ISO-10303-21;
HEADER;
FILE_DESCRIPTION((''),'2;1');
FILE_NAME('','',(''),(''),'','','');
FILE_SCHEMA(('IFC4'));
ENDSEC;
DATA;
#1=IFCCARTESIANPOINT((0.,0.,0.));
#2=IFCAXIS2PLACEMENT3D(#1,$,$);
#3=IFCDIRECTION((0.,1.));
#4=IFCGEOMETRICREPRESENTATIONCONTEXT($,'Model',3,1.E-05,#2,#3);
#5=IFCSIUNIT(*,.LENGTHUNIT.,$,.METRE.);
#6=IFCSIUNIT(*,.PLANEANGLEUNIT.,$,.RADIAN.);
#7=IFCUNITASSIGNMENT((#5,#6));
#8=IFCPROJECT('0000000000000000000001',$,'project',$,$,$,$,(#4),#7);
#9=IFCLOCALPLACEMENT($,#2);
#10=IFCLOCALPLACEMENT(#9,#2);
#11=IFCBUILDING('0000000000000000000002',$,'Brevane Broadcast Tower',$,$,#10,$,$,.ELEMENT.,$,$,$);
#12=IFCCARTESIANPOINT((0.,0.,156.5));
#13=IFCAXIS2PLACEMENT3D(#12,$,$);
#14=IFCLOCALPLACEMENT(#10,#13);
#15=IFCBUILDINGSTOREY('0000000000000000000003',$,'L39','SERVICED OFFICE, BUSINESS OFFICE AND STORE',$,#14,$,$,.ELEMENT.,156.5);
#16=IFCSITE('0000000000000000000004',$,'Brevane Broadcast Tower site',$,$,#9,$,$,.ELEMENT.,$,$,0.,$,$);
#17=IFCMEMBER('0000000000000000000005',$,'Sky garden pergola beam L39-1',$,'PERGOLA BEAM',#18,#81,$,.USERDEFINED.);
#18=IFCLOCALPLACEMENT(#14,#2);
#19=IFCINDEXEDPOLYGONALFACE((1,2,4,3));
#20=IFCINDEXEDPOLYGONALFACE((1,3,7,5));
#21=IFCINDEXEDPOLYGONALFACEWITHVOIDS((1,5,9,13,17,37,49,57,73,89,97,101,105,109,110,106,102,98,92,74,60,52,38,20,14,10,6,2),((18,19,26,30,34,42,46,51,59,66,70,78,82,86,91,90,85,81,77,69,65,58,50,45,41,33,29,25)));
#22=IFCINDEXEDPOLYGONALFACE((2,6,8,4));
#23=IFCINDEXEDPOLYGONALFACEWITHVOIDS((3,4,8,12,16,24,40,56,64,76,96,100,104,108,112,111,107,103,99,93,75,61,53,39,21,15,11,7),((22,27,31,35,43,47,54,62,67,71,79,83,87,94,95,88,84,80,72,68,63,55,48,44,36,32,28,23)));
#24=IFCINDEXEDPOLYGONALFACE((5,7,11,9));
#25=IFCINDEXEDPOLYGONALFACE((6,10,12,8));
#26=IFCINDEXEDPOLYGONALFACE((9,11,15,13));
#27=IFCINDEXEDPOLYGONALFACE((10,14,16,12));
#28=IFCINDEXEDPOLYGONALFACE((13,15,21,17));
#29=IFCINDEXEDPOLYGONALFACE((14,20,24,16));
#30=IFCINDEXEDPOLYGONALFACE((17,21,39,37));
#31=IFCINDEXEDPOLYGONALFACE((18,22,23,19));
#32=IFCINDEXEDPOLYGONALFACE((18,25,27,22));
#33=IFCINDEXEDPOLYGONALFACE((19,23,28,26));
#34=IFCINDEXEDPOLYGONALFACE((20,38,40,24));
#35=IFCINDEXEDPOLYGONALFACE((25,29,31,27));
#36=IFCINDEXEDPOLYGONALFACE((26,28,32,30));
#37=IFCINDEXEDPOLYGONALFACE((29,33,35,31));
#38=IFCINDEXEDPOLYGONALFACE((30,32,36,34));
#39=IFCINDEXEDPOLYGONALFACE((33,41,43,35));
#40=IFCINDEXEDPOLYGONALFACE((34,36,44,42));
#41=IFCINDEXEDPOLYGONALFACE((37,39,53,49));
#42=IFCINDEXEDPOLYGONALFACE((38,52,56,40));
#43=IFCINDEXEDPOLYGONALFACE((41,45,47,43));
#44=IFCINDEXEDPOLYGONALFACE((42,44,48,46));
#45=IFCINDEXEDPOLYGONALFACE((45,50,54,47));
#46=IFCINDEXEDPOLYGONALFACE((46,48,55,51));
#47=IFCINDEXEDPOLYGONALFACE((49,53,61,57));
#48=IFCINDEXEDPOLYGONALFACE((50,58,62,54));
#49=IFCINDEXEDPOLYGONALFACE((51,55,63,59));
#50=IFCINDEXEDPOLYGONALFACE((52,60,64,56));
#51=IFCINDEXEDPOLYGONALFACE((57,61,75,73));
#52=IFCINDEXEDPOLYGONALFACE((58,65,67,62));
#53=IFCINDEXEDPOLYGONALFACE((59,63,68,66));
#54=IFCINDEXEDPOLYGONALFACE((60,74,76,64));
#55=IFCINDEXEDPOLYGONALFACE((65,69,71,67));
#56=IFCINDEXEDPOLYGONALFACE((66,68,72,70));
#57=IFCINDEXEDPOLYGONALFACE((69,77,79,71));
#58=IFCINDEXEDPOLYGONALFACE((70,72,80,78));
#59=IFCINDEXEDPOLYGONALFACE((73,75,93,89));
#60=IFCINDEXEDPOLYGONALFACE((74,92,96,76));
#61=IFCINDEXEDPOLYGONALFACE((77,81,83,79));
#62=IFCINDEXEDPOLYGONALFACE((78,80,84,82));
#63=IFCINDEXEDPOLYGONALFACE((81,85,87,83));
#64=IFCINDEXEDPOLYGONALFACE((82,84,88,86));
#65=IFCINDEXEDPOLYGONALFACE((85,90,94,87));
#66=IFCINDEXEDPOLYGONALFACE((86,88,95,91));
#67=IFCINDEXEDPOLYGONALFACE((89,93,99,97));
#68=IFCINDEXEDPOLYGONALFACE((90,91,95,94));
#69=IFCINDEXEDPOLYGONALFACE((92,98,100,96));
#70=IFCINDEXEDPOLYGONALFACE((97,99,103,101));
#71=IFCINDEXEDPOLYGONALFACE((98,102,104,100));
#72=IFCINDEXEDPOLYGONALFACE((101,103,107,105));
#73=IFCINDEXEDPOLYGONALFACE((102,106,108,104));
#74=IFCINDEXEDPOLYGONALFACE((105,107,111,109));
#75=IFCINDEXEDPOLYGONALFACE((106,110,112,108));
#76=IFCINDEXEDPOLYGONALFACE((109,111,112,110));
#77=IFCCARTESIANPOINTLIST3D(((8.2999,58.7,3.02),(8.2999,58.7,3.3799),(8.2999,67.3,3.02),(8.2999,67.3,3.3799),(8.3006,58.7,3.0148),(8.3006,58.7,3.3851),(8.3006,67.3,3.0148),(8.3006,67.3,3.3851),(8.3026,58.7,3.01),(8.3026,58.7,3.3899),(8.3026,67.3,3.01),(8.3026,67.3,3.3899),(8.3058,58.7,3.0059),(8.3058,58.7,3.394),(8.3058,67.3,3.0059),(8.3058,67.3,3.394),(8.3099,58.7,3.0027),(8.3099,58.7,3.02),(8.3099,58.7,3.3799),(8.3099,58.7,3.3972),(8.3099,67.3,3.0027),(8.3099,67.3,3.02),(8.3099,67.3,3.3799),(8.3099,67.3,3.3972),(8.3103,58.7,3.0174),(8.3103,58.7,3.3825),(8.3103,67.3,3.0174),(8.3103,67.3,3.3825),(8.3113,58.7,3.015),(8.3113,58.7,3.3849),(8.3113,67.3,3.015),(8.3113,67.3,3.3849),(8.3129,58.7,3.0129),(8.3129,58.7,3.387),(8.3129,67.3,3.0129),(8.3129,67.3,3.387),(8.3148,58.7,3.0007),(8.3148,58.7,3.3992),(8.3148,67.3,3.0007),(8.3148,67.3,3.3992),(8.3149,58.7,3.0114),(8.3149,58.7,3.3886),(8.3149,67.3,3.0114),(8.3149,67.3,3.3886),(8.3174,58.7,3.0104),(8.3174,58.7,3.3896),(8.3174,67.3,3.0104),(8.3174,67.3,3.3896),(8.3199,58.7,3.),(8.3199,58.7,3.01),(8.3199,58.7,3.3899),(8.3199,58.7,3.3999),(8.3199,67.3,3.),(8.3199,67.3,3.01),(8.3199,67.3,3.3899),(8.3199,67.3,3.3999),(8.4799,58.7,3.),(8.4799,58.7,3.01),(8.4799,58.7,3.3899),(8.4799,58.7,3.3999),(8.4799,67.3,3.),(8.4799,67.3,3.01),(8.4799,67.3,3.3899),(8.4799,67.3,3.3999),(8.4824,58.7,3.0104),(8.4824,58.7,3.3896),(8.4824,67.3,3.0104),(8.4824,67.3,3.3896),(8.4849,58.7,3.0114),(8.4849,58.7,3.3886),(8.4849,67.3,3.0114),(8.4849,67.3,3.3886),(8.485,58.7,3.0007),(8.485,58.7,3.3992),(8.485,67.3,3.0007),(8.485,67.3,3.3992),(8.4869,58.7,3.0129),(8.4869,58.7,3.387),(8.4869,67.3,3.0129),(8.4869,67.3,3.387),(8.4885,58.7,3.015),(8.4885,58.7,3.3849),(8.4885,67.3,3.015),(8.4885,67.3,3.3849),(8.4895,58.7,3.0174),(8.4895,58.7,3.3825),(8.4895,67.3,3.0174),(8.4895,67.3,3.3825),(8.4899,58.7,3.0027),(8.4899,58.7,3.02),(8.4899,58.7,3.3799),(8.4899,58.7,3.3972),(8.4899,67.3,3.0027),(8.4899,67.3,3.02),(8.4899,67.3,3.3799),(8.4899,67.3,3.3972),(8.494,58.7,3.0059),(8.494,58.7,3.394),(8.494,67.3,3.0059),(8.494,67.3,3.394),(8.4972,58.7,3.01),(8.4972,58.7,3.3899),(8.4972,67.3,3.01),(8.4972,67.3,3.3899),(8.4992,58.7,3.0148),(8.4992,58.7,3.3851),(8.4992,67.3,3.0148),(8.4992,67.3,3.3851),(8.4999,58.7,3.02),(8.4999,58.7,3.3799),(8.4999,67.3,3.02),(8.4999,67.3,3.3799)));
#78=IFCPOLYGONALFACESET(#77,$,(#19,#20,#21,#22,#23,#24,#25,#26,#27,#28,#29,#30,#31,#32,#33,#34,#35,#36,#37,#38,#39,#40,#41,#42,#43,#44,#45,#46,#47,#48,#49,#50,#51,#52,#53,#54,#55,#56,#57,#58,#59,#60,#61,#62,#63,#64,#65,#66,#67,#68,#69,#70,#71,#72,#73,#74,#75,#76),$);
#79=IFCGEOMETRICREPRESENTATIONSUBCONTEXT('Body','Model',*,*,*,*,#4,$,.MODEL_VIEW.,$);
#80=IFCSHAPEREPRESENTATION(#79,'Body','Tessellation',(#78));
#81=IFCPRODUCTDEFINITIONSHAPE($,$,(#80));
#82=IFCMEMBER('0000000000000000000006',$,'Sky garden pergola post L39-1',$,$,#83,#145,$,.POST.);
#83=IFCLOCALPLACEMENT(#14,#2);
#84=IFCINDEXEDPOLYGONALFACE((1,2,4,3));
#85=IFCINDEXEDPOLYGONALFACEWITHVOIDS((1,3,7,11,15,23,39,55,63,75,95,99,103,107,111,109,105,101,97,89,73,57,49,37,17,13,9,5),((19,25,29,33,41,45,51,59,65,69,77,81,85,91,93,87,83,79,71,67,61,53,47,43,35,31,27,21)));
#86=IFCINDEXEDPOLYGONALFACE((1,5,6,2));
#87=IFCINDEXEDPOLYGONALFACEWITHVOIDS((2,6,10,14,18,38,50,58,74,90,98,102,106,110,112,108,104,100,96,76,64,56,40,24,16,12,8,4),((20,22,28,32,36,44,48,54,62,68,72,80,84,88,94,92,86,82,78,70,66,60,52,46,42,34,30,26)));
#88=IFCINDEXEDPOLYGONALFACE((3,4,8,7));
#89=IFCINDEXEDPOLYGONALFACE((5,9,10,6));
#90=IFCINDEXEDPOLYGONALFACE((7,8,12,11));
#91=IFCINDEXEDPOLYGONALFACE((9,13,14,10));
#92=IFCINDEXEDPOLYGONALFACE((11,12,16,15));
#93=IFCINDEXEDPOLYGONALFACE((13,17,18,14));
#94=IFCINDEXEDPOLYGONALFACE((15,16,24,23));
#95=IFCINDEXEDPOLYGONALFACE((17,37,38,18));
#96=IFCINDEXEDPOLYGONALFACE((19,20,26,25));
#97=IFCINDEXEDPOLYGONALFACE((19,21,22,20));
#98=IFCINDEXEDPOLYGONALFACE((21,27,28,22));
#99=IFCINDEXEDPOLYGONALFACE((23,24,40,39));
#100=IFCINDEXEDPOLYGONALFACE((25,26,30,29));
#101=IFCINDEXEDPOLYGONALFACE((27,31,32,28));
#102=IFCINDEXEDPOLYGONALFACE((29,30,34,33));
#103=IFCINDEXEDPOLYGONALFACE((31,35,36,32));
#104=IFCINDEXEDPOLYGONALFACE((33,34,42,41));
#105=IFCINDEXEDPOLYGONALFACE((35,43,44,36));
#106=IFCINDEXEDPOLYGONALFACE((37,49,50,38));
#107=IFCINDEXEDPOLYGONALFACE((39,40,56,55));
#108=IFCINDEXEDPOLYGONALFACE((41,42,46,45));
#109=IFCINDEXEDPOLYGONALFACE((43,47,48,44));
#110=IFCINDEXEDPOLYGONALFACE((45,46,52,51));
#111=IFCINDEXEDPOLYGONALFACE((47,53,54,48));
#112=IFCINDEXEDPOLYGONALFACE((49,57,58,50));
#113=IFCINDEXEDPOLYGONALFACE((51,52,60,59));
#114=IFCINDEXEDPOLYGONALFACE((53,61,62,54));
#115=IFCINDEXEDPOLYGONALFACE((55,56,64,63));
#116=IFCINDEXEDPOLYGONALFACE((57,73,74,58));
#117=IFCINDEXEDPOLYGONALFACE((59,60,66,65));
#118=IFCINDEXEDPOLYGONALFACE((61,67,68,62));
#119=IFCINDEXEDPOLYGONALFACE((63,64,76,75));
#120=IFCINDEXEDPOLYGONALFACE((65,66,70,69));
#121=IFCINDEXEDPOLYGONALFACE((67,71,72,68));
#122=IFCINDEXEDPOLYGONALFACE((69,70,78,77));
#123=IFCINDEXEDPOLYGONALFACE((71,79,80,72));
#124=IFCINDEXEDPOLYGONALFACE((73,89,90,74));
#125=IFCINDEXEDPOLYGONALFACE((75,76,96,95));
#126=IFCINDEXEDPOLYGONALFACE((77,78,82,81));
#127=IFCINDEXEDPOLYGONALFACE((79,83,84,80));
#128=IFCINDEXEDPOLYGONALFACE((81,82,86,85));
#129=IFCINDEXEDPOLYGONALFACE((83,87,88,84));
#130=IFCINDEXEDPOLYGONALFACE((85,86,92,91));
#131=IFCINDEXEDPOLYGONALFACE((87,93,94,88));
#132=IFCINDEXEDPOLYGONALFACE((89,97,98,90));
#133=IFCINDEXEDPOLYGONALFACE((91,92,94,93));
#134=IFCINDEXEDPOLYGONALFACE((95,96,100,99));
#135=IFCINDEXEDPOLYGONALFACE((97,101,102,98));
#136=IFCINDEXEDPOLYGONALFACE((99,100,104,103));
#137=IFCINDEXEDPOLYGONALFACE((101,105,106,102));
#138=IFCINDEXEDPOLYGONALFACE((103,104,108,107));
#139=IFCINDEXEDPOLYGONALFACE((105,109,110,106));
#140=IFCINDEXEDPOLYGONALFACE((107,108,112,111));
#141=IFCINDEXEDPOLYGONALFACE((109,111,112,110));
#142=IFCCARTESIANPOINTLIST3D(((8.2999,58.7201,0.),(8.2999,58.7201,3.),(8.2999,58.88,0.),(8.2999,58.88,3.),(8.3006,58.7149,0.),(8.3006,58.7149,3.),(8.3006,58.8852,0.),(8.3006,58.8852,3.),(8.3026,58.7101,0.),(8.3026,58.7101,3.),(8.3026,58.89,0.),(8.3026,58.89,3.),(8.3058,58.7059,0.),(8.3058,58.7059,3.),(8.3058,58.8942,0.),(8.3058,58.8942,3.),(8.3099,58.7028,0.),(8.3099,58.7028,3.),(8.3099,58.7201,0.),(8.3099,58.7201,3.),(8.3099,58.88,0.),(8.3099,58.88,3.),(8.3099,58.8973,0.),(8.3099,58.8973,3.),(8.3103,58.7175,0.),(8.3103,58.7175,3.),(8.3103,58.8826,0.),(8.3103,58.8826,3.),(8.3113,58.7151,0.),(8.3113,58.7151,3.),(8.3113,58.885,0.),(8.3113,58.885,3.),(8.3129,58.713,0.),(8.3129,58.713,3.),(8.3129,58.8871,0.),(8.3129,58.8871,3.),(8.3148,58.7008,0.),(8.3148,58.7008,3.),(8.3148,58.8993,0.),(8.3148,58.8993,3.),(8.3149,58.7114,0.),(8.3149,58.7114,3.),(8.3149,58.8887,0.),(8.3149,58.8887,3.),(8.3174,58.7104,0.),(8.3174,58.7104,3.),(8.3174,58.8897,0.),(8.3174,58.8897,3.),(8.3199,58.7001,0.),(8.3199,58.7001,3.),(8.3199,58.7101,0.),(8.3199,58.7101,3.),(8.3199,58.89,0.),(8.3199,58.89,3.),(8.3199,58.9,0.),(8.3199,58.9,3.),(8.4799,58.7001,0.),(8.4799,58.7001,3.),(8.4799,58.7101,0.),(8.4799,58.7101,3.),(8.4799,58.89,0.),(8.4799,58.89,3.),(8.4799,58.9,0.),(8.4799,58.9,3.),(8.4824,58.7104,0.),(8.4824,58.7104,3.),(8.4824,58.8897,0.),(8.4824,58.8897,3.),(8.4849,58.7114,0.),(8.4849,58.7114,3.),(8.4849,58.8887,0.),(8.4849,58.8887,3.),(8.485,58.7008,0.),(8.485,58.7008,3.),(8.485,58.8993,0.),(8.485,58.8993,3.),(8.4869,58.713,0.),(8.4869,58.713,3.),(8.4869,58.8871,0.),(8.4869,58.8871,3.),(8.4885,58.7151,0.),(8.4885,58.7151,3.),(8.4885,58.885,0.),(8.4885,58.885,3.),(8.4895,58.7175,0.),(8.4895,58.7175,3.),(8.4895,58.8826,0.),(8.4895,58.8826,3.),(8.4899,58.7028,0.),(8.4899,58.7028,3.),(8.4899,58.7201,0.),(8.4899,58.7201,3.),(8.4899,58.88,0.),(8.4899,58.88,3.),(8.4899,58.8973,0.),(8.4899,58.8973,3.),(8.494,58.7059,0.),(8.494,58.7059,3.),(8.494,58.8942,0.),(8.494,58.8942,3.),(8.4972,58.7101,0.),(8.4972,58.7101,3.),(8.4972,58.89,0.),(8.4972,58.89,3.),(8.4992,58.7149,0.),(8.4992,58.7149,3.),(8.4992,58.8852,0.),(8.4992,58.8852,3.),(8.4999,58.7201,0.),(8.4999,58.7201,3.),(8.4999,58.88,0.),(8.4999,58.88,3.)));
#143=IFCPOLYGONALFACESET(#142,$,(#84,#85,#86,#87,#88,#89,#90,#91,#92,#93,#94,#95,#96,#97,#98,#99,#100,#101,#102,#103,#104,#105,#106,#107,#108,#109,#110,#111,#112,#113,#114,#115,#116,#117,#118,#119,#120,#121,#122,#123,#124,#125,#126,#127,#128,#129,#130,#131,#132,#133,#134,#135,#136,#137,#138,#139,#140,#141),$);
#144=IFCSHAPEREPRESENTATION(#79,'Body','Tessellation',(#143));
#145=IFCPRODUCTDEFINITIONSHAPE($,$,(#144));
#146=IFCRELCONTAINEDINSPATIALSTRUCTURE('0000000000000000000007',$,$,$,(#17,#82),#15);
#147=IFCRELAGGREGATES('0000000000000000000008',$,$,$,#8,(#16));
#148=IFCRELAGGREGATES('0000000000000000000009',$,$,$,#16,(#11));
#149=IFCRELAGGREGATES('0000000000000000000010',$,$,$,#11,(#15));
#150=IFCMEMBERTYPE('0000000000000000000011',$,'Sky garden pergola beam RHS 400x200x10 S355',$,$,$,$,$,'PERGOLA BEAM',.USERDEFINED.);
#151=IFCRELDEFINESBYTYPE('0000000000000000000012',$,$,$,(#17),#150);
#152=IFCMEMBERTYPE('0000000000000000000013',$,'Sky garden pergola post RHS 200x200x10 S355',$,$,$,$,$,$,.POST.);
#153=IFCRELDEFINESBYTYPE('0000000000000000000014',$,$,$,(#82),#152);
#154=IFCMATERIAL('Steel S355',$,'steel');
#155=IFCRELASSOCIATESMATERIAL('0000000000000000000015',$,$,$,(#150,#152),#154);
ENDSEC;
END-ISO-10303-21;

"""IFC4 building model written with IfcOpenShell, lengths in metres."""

from ifc_helpers import new_model, si_unit, direction, frame, origin, origin_2d, place, context, subcontext, project, spatial, hollow_rectangle, extrude, material, material_profile, profile_set, type_object, element, save


model = new_model("IFC4")

# Units and contexts
model_context = context("Model", 3, precision=1e-05, world=origin(), true_north=direction((0.0, 1.0)))
body_context = subcontext(model_context, "Body", "Model", "MODEL_VIEW")
ifc_project = project(units=[si_unit("LENGTHUNIT", "METRE"), si_unit("PLANEANGLEUNIT", "RADIAN")], contexts=[model_context])

# Site, building, storey
site_placement = place(None, origin())
site = spatial("IfcSite", under=ifc_project, at=site_placement, Name="Brevane Broadcast Tower site", CompositionType="ELEMENT", RefElevation=0.0)
building_placement = place(site_placement, origin())
building = spatial("IfcBuilding", under=site, at=building_placement, Name="Brevane Broadcast Tower", CompositionType="ELEMENT")
storey_placement = place(building_placement, frame((0.0, 0.0, 156.5)))
storey = spatial("IfcBuildingStorey", under=building, at=storey_placement, Name="L39", Description="SERVICED OFFICE, BUSINESS OFFICE AND STORE", CompositionType="ELEMENT", Elevation=156.5)

# Members
ifc_material_1 = material(Name="Steel S355", Category="steel")
ifc_material_profile_1 = material_profile(ifc_material_1, hollow_rectangle(XDim=0.2, YDim=0.3999, WallThickness=0.01, InnerFilletRadius=0.01, OuterFilletRadius=0.02, at=origin_2d()), Name="RHS 400x200x10")
ifc_profile_set_1 = profile_set([ifc_material_profile_1], Name="Steel S355")
member_type_1 = type_object("IfcMemberType", Name="Sky garden pergola beam RHS 400x200x10 S355", ElementType="PERGOLA BEAM", PredefinedType="USERDEFINED", material=ifc_profile_set_1)
member_1_placement = place(storey_placement, frame((8.3999, 58.7, 3.2), z_axis=(0.0, 1.0, 0.0), x_axis=(-1.0, 0.0, 0.0)))
element("IfcMember", 1, at=member_1_placement, inside=storey, type_object=member_type_1, Name="Sky garden pergola beam L39-1", ObjectType="PERGOLA BEAM", PredefinedType="USERDEFINED", context=body_context, shape_type="SweptSolid", body=[
    extrude(hollow_rectangle(XDim=0.2, YDim=0.3999, WallThickness=0.01, InnerFilletRadius=0.01, OuterFilletRadius=0.02, at=origin_2d()), origin(), (0.0, 0.0, 1.0), 8.6001),
])
ifc_material_profile_2 = material_profile(ifc_material_1, hollow_rectangle(XDim=0.2, YDim=0.2, WallThickness=0.01, InnerFilletRadius=0.01, OuterFilletRadius=0.02, at=origin_2d()), Name="RHS 200x200x10")
ifc_profile_set_2 = profile_set([ifc_material_profile_2], Name="Steel S355")
member_type_2 = type_object("IfcMemberType", Name="Sky garden pergola post RHS 200x200x10 S355", PredefinedType="POST", material=ifc_profile_set_2)
for number, where, z_axis, x_axis, name in (
    (2, (8.3999, 58.8, 0.0), (0.0, 0.0, 1.0), (1.0, 0.0, 0.0), "Sky garden pergola post L39-1"),
):
    element("IfcMember", number, at=place(storey_placement, frame(where, z_axis=z_axis, x_axis=x_axis)), inside=storey, type_object=member_type_2, Name=name, PredefinedType="POST", context=body_context, shape_type="SweptSolid", body=[
        extrude(hollow_rectangle(XDim=0.2, YDim=0.2, WallThickness=0.01, InnerFilletRadius=0.01, OuterFilletRadius=0.02, at=origin_2d()), origin(), (0.0, 0.0, 1.0), 3.0),
    ])

save(model, "model.ifc")
